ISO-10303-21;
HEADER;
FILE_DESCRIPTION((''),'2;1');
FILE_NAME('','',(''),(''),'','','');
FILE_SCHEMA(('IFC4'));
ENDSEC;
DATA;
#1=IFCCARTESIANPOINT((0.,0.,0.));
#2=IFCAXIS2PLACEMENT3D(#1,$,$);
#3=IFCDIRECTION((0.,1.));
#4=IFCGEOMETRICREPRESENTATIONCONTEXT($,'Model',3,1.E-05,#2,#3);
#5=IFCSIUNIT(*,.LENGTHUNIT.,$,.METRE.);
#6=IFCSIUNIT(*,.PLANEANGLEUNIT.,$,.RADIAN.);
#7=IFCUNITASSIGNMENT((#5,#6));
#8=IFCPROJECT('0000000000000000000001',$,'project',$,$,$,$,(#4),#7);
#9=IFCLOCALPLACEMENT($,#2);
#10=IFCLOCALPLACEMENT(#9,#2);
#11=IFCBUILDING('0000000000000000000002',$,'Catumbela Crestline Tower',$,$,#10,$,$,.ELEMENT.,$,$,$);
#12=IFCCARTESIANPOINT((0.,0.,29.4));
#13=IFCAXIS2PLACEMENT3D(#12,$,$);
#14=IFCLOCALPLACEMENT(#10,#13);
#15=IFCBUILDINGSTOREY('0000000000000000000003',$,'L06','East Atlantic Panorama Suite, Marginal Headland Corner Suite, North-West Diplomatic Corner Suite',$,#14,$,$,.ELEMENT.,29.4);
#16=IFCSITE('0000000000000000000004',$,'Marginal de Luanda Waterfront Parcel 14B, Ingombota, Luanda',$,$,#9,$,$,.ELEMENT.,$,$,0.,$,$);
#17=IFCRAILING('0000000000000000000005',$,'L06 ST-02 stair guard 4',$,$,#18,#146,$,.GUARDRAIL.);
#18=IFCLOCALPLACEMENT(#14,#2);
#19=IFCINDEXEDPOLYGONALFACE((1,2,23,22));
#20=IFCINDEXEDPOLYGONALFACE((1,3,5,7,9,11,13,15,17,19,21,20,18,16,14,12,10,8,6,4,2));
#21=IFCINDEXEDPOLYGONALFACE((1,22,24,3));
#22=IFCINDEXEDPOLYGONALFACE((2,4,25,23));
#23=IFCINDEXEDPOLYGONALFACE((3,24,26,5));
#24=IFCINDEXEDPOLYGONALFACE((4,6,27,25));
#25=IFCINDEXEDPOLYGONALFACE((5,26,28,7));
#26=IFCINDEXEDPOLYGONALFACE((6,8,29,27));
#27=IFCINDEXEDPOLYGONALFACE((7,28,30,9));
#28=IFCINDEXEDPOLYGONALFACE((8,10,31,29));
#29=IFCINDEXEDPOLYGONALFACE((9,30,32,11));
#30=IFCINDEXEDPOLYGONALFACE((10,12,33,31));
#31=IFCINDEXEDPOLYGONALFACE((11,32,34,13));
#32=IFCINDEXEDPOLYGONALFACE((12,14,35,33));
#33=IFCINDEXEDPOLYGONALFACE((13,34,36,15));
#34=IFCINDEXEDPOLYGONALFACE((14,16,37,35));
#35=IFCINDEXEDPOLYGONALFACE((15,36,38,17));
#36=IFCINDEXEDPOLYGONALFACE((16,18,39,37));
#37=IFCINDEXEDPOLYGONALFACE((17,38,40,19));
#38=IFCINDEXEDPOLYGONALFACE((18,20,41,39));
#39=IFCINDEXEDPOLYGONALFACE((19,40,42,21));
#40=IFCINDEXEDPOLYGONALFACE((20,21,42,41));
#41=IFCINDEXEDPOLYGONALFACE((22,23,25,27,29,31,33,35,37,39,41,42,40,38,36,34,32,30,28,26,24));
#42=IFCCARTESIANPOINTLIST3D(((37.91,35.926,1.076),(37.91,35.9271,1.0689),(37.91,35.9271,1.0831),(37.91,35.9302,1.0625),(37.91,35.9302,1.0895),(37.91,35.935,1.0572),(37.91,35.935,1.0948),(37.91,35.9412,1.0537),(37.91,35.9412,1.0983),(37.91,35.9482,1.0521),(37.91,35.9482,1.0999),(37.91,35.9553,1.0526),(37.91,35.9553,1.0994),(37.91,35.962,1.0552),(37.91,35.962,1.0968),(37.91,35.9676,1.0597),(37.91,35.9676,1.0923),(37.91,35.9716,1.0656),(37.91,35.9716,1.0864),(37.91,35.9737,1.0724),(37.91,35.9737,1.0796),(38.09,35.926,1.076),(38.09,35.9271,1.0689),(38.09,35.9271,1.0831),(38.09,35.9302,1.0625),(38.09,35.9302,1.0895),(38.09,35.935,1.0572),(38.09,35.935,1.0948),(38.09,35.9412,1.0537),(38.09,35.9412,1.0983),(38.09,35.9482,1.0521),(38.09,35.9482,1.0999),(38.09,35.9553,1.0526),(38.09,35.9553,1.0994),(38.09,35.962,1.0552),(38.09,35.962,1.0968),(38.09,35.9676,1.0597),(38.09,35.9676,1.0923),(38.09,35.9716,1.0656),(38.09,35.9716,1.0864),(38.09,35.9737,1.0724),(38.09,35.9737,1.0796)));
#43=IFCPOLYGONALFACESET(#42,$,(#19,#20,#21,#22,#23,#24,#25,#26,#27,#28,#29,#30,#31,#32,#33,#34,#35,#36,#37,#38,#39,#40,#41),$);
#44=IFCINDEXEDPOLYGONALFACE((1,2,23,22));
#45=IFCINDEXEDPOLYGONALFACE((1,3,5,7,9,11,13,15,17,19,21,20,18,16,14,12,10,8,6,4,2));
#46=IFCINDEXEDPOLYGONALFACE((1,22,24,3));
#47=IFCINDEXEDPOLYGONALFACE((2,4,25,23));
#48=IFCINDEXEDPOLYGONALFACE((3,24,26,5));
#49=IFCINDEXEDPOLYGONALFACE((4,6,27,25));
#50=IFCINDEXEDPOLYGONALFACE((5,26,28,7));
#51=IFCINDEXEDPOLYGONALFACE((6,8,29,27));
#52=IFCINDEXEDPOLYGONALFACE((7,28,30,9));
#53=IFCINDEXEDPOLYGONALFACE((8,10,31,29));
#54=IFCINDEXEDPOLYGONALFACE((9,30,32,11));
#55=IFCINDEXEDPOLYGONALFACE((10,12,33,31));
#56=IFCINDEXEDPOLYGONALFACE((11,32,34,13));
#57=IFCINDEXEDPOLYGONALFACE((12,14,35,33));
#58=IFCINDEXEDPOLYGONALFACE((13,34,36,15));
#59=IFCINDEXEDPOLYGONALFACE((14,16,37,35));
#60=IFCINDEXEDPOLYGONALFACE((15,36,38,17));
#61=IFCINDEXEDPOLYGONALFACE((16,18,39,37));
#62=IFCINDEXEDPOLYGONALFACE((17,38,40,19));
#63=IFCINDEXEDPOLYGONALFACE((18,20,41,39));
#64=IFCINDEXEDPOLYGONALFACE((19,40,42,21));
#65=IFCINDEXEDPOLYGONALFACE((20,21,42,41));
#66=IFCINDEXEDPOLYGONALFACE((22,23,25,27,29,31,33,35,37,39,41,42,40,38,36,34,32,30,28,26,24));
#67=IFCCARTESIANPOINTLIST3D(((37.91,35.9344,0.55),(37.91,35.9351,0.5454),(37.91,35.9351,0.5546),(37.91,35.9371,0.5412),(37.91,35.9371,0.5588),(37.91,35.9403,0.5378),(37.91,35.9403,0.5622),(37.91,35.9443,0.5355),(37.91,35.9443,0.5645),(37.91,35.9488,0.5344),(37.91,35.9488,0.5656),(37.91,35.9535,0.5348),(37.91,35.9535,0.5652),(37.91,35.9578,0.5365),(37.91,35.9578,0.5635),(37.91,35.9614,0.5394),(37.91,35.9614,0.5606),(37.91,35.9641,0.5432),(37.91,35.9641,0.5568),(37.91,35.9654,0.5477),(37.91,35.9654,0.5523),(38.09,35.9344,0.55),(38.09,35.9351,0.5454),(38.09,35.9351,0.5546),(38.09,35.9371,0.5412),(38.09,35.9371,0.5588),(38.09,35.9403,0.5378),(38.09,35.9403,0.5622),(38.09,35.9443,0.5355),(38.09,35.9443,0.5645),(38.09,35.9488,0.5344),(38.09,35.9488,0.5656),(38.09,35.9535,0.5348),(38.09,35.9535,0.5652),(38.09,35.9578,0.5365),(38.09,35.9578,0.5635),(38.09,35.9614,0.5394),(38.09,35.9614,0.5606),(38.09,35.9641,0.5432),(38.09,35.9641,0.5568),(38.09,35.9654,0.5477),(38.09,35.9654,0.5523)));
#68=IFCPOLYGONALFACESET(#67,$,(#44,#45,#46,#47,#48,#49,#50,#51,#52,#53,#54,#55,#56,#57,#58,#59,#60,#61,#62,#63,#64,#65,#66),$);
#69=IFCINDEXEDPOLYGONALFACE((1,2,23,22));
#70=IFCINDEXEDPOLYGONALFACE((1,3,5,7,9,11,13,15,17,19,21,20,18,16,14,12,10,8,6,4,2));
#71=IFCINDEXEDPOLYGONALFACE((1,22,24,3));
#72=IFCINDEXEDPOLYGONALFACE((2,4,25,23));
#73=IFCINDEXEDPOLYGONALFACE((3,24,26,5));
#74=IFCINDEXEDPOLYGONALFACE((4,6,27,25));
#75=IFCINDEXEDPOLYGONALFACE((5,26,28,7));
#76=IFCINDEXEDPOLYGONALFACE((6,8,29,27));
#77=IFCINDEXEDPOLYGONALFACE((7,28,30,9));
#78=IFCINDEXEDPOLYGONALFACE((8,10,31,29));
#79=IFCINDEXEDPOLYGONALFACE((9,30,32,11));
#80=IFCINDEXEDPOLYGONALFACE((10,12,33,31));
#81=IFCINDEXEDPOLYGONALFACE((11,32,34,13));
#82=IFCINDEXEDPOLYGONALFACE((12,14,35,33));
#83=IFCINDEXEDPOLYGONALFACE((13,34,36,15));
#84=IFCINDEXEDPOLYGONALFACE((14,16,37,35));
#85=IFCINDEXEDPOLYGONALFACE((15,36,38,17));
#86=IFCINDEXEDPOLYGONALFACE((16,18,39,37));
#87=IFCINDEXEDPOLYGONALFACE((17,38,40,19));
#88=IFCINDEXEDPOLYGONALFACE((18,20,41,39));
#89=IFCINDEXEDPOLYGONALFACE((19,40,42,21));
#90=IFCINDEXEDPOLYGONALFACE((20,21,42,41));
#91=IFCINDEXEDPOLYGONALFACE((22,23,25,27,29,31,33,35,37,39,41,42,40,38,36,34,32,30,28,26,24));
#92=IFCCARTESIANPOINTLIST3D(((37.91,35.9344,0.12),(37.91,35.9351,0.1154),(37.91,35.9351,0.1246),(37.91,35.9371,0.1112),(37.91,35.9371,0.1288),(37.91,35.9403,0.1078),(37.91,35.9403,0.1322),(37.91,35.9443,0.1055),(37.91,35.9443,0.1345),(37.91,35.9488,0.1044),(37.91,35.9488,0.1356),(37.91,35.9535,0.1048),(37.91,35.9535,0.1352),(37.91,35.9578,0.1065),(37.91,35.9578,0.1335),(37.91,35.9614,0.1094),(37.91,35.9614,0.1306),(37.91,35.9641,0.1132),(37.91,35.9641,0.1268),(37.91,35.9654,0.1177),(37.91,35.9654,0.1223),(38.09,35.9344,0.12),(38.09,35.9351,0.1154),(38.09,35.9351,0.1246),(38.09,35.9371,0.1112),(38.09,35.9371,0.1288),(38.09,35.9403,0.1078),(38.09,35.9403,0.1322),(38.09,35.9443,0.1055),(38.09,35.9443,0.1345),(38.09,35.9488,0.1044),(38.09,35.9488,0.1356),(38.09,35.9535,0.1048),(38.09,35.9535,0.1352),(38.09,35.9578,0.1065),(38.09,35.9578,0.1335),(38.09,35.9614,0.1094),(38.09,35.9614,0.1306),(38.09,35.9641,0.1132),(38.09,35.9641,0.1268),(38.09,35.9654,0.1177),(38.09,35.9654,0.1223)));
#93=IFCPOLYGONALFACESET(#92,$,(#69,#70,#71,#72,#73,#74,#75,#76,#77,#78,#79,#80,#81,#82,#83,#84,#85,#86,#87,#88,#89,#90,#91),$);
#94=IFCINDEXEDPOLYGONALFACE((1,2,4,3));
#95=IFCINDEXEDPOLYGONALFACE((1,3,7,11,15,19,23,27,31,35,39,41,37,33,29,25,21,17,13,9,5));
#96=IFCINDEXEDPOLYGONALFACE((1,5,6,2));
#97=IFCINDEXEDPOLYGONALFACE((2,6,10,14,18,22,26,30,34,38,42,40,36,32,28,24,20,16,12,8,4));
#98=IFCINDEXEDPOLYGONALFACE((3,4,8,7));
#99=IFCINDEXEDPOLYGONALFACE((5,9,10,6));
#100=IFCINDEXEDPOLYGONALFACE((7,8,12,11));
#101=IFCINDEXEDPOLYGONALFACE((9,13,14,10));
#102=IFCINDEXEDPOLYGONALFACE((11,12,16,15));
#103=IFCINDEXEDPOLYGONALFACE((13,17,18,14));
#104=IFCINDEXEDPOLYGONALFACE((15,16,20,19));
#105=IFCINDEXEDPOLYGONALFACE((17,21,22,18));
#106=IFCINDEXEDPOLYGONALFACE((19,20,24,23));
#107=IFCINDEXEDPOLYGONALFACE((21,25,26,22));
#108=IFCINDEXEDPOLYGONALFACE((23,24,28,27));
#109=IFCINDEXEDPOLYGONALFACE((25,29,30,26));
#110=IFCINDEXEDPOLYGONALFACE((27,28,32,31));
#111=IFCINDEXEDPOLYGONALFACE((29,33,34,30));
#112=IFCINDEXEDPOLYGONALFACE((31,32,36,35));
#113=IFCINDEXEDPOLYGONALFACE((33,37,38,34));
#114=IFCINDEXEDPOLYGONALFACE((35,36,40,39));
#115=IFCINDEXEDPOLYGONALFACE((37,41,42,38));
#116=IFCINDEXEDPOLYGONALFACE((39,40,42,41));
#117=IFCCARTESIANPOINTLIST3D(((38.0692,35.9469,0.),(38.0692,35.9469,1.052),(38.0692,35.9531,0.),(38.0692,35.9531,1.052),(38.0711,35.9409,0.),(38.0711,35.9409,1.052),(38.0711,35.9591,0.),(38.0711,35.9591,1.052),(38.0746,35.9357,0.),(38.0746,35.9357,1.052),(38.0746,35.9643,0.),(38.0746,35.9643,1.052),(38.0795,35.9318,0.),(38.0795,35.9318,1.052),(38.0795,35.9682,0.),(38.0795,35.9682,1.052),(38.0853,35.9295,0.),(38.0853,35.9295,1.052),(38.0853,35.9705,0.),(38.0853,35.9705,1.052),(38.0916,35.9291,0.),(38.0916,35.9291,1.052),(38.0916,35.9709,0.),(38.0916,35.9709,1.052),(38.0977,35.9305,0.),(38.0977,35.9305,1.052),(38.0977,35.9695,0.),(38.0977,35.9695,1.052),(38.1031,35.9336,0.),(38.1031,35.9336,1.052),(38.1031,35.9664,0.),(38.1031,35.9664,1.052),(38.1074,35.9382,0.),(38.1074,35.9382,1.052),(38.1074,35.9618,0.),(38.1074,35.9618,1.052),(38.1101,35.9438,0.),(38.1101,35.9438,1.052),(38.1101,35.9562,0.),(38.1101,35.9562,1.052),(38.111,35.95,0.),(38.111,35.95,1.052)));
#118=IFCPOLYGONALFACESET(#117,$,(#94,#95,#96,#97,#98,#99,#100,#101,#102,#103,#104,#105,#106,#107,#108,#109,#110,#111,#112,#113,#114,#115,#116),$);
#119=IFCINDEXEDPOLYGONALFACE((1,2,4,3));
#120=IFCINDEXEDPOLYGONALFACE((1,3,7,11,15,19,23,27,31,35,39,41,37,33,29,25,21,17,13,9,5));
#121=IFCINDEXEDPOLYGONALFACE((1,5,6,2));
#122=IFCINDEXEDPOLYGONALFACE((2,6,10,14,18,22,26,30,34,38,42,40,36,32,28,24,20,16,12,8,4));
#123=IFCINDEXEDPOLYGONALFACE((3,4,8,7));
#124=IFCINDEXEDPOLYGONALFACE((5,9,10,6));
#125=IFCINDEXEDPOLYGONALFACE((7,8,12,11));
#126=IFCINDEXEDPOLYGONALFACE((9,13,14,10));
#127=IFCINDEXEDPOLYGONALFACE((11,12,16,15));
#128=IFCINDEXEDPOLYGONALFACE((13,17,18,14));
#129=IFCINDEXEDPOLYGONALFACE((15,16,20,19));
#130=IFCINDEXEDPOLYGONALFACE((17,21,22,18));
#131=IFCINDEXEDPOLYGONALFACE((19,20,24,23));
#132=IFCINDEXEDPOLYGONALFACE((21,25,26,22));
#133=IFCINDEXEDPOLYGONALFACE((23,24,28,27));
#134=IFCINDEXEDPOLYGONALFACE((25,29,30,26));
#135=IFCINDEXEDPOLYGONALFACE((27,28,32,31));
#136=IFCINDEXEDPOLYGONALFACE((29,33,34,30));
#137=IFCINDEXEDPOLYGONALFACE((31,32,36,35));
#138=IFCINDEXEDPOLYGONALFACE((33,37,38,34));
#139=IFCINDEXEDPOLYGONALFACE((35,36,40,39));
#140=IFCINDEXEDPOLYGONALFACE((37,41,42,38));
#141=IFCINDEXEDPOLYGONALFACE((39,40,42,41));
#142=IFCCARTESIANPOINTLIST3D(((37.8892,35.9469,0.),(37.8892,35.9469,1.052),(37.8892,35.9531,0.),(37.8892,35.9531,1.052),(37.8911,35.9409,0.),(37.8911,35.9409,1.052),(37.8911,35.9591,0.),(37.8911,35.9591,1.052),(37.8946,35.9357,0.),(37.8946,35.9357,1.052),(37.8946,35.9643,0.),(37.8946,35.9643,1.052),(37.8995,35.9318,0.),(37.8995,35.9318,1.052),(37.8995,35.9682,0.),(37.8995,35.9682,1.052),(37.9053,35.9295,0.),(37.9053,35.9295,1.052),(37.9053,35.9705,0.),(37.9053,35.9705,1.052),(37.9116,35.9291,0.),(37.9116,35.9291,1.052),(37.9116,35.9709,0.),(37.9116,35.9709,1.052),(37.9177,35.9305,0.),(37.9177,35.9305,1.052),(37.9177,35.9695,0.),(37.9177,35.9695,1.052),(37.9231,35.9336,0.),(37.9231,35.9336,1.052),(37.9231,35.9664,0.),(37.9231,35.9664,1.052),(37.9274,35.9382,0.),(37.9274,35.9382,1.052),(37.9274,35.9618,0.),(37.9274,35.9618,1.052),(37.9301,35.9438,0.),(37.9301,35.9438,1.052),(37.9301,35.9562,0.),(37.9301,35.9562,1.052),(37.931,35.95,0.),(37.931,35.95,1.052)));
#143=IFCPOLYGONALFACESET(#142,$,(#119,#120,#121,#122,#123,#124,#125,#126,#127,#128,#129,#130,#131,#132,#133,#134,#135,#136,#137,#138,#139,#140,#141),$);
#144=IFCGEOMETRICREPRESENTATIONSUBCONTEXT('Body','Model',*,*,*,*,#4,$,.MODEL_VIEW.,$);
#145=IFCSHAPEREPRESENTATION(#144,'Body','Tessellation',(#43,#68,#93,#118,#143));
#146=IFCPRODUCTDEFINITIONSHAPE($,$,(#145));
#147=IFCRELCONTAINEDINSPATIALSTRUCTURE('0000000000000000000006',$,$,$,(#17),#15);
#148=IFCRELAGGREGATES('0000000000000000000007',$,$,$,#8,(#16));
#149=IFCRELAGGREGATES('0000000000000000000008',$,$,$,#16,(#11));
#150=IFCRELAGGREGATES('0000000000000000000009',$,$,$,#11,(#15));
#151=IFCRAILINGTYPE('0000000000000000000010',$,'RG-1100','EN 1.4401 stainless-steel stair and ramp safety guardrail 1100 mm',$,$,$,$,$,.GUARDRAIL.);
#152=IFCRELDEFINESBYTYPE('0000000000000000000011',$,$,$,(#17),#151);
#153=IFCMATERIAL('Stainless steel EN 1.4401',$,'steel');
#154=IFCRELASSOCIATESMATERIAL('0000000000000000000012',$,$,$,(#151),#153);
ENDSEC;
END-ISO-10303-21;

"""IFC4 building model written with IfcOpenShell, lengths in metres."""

from ifc_helpers import new_model, si_unit, direction, frame, origin, origin_2d, place, context, subcontext, project, spatial, circle, extrude, material, type_object, element, save


model = new_model("IFC4")

# Units and contexts
model_context = context("Model", 3, precision=1e-05, world=origin(), true_north=direction((0.0, 1.0)))
body_context = subcontext(model_context, "Body", "Model", "MODEL_VIEW")
ifc_project = project(units=[si_unit("LENGTHUNIT", "METRE"), si_unit("PLANEANGLEUNIT", "RADIAN")], contexts=[model_context])

# Site, building, storey
site_placement = place(None, origin())
site = spatial("IfcSite", under=ifc_project, at=site_placement, Name="Marginal de Luanda Waterfront Parcel 14B, Ingombota, Luanda", CompositionType="ELEMENT", RefElevation=0.0)
building_placement = place(site_placement, origin())
building = spatial("IfcBuilding", under=site, at=building_placement, Name="Catumbela Crestline Tower", CompositionType="ELEMENT")
storey_placement = place(building_placement, frame((0.0, 0.0, 29.4)))
storey = spatial("IfcBuildingStorey", under=building, at=storey_placement, Name="L06", Description="East Atlantic Panorama Suite, Marginal Headland Corner Suite, North-West Diplomatic Corner Suite", CompositionType="ELEMENT", Elevation=29.4)

# Shared definitions
ifc_material_1 = material(Name="Stainless steel EN 1.4401", Category="steel")

# Railing
railing_type_1 = type_object("IfcRailingType", Name="RG-1100", Description="EN 1.4401 stainless-steel stair and ramp safety guardrail 1100 mm", PredefinedType="GUARDRAIL", material=ifc_material_1)
railing_1_placement = place(storey_placement, frame((38.09, 35.95, 0.0)))
element("IfcRailing", 1, at=railing_1_placement, inside=storey, type_object=railing_type_1, Name="L06 ST-02 stair guard 4", PredefinedType="GUARDRAIL", context=body_context, shape_type="SweptSolid", body=[
    extrude(circle(Radius=0.024, at=origin_2d()), frame((0.0, 0.0, 1.076), z_axis=(-1.0, 0.0, 0.0), x_axis=(0.0, -1.0, 0.0)), (0.0, 0.0, 1.0), 0.18),
    extrude(circle(Radius=0.0156, at=origin_2d()), frame((0.0, 0.0, 0.55), z_axis=(-1.0, 0.0, 0.0), x_axis=(0.0, -1.0, 0.0)), (0.0, 0.0, 1.0), 0.18),
    extrude(circle(Radius=0.0156, at=origin_2d()), frame((0.0, 0.0, 0.12), z_axis=(-1.0, 0.0, 0.0), x_axis=(0.0, -1.0, 0.0)), (0.0, 0.0, 1.0), 0.18),
    extrude(circle(Radius=0.021, at=origin_2d()), origin(), (0.0, 0.0, 1.0), 1.052),
    extrude(circle(Radius=0.021, at=origin_2d()), frame((-0.18, 0.0, 0.0)), (0.0, 0.0, 1.0), 1.052),
])

save(model, "model.ifc")
